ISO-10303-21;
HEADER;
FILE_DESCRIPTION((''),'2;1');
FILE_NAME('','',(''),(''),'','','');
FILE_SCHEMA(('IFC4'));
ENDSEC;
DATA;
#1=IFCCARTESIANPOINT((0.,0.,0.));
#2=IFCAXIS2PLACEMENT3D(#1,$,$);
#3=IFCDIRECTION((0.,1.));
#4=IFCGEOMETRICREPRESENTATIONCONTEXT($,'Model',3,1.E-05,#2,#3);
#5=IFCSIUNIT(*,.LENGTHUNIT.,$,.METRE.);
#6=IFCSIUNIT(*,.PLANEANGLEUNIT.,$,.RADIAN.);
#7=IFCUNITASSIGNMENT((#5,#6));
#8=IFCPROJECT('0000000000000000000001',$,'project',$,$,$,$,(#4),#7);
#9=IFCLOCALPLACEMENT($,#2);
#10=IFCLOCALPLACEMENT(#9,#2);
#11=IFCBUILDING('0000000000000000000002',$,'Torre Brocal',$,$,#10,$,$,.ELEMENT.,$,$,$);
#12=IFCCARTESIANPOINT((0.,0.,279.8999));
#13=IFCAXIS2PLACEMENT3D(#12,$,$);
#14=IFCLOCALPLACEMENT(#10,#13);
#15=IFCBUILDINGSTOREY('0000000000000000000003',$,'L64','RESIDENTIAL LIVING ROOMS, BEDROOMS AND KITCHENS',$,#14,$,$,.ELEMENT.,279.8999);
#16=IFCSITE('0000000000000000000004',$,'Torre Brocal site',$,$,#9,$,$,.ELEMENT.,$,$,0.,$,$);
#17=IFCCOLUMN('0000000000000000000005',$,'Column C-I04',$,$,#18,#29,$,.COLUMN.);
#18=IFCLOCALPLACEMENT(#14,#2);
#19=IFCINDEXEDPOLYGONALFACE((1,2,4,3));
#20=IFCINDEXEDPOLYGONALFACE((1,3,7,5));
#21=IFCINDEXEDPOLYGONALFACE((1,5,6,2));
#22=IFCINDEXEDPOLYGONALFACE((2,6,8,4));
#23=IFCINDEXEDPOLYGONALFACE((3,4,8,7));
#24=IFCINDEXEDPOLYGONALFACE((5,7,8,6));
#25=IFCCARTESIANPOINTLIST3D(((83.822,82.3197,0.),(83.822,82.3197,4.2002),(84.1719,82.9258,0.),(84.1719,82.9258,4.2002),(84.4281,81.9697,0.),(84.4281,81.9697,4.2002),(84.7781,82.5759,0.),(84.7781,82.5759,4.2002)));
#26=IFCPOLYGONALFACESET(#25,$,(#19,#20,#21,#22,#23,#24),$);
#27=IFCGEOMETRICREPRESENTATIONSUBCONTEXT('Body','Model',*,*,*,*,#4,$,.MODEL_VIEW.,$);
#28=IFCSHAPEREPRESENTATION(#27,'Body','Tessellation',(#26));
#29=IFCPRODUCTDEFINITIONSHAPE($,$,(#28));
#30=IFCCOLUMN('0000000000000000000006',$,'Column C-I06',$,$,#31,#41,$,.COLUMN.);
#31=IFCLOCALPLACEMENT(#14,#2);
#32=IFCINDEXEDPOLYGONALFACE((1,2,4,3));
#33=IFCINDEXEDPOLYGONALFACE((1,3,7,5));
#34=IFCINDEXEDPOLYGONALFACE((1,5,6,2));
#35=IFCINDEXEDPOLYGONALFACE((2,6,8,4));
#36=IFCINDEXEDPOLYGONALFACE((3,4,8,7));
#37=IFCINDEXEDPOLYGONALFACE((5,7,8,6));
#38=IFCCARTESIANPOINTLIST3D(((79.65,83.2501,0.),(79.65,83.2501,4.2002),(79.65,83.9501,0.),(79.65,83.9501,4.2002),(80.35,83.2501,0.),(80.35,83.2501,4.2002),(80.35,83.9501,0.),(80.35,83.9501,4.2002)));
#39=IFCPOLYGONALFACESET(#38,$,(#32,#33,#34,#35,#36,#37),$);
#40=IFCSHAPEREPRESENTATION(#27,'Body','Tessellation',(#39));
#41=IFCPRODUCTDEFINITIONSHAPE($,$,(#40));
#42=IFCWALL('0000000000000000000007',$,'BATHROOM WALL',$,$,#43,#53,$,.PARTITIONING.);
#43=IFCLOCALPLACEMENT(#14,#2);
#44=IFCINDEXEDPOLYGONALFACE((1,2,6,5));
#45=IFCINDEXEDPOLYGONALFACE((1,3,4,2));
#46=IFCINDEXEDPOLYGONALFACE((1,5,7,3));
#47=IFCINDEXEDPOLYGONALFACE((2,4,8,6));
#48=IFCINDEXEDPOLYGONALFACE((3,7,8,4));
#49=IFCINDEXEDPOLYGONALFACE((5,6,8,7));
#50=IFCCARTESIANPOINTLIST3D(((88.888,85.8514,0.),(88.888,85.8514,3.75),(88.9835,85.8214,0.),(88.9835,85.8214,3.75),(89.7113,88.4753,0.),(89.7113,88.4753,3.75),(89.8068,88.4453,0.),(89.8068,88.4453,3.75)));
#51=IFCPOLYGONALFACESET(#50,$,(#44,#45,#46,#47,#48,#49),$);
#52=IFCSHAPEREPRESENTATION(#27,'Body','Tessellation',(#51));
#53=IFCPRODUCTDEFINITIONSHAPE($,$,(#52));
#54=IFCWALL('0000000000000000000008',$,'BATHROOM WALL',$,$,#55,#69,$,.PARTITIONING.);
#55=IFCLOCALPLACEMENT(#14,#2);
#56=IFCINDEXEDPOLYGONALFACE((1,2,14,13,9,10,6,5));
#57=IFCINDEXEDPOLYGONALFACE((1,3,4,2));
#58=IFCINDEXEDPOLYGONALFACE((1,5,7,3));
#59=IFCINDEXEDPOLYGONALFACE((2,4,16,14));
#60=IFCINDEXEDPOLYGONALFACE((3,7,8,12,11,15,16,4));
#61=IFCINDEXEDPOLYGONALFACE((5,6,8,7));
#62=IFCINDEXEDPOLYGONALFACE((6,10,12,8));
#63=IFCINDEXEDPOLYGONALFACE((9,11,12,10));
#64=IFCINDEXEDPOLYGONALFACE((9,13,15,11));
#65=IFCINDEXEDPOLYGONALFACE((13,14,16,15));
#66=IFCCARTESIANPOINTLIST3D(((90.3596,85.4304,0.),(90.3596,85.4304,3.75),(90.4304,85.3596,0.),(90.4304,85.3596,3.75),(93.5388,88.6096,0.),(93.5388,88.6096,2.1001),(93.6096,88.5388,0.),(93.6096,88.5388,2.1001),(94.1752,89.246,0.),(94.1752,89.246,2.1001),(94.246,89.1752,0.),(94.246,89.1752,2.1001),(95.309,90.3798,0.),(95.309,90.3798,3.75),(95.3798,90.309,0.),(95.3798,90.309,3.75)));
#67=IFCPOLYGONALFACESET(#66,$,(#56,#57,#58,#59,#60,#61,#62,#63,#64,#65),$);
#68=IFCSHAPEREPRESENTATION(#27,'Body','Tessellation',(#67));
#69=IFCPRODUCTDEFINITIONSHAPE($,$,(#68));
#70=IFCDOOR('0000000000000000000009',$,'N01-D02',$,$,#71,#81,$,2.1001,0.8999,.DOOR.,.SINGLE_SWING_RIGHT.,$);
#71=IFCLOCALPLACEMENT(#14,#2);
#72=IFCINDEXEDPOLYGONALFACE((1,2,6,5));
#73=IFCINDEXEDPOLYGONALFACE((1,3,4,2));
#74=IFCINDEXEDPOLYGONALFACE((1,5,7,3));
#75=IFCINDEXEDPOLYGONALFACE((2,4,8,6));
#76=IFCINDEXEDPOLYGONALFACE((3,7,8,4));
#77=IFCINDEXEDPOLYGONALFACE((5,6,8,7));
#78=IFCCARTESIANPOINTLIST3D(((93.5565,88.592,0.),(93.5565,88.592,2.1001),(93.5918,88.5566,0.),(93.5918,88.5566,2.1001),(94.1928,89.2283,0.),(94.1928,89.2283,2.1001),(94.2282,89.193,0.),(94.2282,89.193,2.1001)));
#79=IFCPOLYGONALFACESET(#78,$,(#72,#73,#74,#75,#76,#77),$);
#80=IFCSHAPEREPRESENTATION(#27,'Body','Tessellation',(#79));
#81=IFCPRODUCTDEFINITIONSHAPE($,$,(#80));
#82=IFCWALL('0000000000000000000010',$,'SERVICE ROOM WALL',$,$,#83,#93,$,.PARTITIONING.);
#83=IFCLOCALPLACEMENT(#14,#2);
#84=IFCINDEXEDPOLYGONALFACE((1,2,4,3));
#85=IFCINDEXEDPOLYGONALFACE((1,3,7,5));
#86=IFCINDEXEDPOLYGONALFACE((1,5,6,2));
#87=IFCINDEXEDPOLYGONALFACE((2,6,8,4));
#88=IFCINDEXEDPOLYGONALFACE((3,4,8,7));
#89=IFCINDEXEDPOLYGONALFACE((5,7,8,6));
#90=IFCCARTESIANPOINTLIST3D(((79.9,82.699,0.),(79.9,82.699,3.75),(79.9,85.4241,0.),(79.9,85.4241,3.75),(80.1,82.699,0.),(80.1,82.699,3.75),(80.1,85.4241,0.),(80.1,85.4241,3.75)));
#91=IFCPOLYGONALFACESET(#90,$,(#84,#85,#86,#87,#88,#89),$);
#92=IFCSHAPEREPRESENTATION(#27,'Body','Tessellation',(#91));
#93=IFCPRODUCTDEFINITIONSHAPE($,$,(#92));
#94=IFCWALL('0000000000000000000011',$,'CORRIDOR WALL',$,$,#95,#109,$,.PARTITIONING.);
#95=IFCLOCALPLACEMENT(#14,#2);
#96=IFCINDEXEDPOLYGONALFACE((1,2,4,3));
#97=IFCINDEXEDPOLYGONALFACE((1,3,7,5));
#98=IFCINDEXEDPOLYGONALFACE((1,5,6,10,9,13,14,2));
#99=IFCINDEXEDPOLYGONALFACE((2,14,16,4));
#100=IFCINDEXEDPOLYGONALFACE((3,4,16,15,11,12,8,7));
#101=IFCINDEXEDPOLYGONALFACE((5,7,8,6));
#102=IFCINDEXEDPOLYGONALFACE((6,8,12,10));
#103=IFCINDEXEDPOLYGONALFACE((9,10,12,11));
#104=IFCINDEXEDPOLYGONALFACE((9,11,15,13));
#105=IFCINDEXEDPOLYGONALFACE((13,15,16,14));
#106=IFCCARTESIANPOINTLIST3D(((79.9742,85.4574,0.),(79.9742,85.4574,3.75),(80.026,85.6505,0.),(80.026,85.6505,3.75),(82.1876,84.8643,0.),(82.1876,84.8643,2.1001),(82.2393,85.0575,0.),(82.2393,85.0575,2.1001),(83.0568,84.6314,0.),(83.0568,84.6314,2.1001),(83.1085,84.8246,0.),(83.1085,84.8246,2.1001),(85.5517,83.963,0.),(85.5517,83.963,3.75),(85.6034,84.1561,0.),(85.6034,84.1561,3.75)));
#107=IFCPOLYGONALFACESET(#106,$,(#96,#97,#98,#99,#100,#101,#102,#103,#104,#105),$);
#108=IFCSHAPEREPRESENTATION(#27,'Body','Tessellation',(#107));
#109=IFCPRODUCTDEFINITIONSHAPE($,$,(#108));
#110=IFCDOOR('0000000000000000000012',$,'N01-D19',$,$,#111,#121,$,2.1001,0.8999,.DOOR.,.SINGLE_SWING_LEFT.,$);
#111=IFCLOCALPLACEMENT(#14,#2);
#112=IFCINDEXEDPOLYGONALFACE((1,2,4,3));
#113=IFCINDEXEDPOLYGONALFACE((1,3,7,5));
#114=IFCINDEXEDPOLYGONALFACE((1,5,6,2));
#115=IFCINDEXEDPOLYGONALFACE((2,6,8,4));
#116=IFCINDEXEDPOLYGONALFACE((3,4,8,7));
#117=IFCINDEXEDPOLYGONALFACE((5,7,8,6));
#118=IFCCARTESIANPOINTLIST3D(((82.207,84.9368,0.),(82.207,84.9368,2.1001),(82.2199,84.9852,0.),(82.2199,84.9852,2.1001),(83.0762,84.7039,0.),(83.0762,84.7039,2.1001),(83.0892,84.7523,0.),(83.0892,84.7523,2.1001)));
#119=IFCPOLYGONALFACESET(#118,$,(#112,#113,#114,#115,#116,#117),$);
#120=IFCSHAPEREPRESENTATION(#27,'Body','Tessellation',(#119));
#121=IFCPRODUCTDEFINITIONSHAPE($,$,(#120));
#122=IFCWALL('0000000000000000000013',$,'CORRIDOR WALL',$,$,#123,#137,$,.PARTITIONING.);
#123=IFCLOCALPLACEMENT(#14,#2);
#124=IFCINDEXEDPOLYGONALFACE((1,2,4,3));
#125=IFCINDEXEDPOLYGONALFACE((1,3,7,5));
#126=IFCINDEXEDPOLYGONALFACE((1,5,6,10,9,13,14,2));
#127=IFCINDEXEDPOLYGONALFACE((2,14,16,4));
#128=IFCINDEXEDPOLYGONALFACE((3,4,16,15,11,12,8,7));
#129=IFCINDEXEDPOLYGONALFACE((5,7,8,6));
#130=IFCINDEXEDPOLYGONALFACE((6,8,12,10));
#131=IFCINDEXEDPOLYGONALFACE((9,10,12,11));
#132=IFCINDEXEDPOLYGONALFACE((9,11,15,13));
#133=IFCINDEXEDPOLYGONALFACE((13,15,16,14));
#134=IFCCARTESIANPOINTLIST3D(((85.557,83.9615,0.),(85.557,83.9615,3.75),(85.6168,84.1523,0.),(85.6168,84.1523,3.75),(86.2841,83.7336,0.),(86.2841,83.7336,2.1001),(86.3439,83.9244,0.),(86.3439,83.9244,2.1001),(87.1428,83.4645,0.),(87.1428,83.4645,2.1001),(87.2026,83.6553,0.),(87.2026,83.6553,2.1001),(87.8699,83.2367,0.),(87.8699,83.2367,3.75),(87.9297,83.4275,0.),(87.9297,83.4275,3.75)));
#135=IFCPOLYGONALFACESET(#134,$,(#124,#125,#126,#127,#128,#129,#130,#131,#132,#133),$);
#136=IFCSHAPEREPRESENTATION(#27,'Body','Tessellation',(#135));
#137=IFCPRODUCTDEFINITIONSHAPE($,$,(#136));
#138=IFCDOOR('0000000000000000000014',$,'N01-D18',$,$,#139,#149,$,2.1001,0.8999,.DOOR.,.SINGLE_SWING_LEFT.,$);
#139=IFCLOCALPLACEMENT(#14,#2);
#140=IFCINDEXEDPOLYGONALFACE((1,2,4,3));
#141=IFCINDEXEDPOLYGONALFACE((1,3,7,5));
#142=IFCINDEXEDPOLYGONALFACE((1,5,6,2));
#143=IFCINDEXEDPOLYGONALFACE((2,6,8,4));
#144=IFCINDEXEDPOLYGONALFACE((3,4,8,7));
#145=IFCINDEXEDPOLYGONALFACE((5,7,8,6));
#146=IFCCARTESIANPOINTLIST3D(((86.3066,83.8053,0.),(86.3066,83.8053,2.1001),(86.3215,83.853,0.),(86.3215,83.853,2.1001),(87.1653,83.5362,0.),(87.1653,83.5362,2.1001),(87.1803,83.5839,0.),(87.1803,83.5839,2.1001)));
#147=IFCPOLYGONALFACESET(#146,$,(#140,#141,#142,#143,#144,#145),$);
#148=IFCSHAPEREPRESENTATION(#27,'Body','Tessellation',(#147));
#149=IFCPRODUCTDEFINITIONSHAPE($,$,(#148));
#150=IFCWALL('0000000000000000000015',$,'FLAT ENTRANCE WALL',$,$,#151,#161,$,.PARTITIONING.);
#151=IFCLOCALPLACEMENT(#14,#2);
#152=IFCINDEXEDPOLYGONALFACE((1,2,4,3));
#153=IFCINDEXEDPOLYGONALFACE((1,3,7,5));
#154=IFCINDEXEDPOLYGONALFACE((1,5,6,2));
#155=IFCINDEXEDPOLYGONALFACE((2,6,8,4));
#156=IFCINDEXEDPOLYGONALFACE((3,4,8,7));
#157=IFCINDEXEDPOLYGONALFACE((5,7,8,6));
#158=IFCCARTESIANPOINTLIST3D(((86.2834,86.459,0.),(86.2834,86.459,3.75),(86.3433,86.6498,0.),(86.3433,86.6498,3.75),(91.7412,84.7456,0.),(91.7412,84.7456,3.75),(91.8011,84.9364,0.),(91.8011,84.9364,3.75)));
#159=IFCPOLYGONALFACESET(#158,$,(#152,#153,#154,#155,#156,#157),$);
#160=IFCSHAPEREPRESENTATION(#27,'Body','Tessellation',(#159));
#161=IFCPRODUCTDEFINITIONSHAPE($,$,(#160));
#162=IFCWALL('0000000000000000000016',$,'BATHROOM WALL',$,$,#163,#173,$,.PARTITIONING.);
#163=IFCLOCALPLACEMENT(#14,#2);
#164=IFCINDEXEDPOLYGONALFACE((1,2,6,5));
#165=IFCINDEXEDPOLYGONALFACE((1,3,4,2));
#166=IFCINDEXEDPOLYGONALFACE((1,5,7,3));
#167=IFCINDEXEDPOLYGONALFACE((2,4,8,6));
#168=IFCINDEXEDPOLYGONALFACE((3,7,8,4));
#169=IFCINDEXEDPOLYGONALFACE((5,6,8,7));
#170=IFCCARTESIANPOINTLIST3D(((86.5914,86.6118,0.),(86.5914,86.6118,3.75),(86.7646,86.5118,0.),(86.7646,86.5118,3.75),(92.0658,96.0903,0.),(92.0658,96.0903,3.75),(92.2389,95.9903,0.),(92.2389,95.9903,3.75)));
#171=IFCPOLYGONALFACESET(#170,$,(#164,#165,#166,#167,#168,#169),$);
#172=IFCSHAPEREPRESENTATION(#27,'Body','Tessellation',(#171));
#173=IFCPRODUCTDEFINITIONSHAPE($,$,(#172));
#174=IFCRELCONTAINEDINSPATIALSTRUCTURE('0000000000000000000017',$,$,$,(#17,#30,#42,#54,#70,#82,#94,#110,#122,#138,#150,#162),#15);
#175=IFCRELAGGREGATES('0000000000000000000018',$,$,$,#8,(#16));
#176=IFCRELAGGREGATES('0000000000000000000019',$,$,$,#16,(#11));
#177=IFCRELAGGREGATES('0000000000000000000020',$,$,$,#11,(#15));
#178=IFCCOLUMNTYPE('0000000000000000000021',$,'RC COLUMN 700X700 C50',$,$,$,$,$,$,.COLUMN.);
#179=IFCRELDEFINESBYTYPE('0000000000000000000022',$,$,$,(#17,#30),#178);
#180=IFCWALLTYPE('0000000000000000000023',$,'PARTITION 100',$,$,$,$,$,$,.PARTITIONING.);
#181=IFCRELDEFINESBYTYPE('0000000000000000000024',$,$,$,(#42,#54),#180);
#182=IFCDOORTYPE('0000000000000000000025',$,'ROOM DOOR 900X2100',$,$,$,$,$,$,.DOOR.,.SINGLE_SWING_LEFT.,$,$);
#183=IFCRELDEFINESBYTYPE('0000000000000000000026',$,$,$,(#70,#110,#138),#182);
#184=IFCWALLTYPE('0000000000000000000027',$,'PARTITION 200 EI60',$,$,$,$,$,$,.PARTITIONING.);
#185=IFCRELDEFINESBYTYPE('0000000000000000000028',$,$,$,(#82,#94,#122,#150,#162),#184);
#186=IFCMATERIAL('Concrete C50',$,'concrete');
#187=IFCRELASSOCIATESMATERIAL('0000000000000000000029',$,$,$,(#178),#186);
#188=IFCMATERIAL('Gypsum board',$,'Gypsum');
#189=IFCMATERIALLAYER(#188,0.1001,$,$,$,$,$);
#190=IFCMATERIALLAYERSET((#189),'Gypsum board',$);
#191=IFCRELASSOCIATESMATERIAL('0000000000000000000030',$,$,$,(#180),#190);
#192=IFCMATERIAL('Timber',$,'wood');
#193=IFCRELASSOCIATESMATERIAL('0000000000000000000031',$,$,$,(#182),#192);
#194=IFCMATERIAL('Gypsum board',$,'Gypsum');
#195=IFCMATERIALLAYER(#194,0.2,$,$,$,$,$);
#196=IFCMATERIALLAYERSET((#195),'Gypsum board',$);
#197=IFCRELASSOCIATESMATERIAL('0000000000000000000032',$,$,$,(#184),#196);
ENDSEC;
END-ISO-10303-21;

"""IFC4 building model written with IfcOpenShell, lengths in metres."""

from ifc_helpers import new_model, si_unit, direction, frame, frame_2d, origin, origin_2d, place, context, subcontext, project, spatial, rectangle, extrude, material, layer, layer_set, material_profile, profile_set, type_object, element, fill, save


model = new_model("IFC4")

# Units and contexts
model_context = context("Model", 3, precision=1e-05, world=origin(), true_north=direction((0.0, 1.0)))
body_context = subcontext(model_context, "Body", "Model", "MODEL_VIEW")
ifc_project = project(units=[si_unit("LENGTHUNIT", "METRE"), si_unit("PLANEANGLEUNIT", "RADIAN")], contexts=[model_context])

# Site, building, storey
site_placement = place(None, origin())
site = spatial("IfcSite", under=ifc_project, at=site_placement, Name="Torre Brocal site", CompositionType="ELEMENT", RefElevation=0.0)
building_placement = place(site_placement, origin())
building = spatial("IfcBuilding", under=site, at=building_placement, Name="Torre Brocal", CompositionType="ELEMENT")
storey_placement = place(building_placement, frame((0.0, 0.0, 279.8999)))
storey = spatial("IfcBuildingStorey", under=building, at=storey_placement, Name="L64", Description="RESIDENTIAL LIVING ROOMS, BEDROOMS AND KITCHENS", CompositionType="ELEMENT", Elevation=279.8999)

# Columns
ifc_material_1 = material(Name="Concrete C50", Category="concrete")
ifc_material_profile = material_profile(ifc_material_1, rectangle(XDim=0.7, YDim=0.7, at=origin_2d()), Name="RC 700X700")
ifc_profile_set = profile_set([ifc_material_profile], Name="Concrete C50")
column_type = type_object("IfcColumnType", Name="RC COLUMN 700X700 C50", PredefinedType="COLUMN", material=ifc_profile_set)
for number, where, z_axis, x_axis, name in (
    (1, (84.3, 82.4478, 0.0), (0.0, 0.0, 1.0), (0.5, 0.866025, 0.0), "Column C-I04"),
    (2, (80.0, 83.6001, 0.0), (0.0, 0.0, 1.0), (0.0, 1.0, 0.0), "Column C-I06"),
):
    element("IfcColumn", number, at=place(storey_placement, frame(where, z_axis=z_axis, x_axis=x_axis)), inside=storey, type_object=column_type, Name=name, PredefinedType="COLUMN", context=body_context, shape_type="SweptSolid", body=[
        extrude(rectangle(XDim=0.7, YDim=0.7, at=origin_2d()), origin(), (0.0, 0.0, 1.0), 4.2002),
    ])

# Wall
ifc_material_2 = material(Name="Gypsum board", Category="Gypsum")
ifc_layer_1 = layer(ifc_material_2, 0.1001)
ifc_layer_set_1 = layer_set([ifc_layer_1], Name="Gypsum board")
wall_type_1 = type_object("IfcWallType", Name="PARTITION 100", PredefinedType="PARTITIONING", material=ifc_layer_set_1)
wall_1_placement = place(storey_placement, frame((88.9358, 85.8364, 0.0), z_axis=(0.0, 0.0, 1.0), x_axis=(0.299372, 0.954137, 0.0)))
element("IfcWall", 3, at=wall_1_placement, inside=storey, type_object=wall_type_1, Name="BATHROOM WALL", PredefinedType="PARTITIONING", context=body_context, shape_type="SweptSolid", body=[
    extrude(rectangle(XDim=2.75, YDim=0.1001, at=frame_2d((1.375, 0.0))), origin(), (0.0, 0.0, 1.0), 3.75),
])

# Wall, opening, door
wall_2_placement = place(storey_placement, frame((90.395, 85.395, 0.0), z_axis=(0.0, 0.0, 1.0), x_axis=(0.707107, 0.707107, 0.0)))
wall_2 = element("IfcWall", 4, at=wall_2_placement, inside=storey, type_object=wall_type_1, Name="BATHROOM WALL", PredefinedType="PARTITIONING", context=body_context, shape_type="SweptSolid", body=[
    extrude(rectangle(XDim=6.9995, YDim=0.1001, at=frame_2d((3.4998, 0.0))), origin(), (0.0, 0.0, 1.0), 3.75),
])
opening_1_placement = place(wall_2_placement, frame((4.4961, 0.0, 0.0)))
opening_1 = element("IfcOpeningElement", 5, at=opening_1_placement, cuts=wall_2, PredefinedType="OPENING", context=body_context, shape_type="SweptSolid", body=[
    extrude(rectangle(XDim=0.8999, YDim=2.1001, at=frame_2d((0.45, 1.05))), frame((0.0, 0.0601, 0.0), z_axis=(0.0, -1.0, 0.0), x_axis=(1.0, 0.0, 0.0)), (0.0, 0.0, 1.0), 0.1201),
])
ifc_material_3 = material(Name="Timber", Category="wood")
door_type_1 = type_object("IfcDoorType", Name="ROOM DOOR 900X2100", OperationType="SINGLE_SWING_LEFT", PredefinedType="DOOR", material=ifc_material_3)
door_1_placement = place(opening_1_placement, frame((0.8999, 0.0, 0.0), z_axis=(0.0, 0.0, 1.0), x_axis=(-1.0, 0.0, 0.0)))
door_1 = element("IfcDoor", 6, at=door_1_placement, inside=storey, type_object=door_type_1, Name="N01-D02", OperationType="SINGLE_SWING_RIGHT", OverallHeight=2.1001, OverallWidth=0.8999, PredefinedType="DOOR", context=body_context, shape_type="SweptSolid", body=[
    extrude(rectangle(XDim=0.8999, YDim=2.1001, at=frame_2d((0.45, 1.05))), frame((0.0, 0.0249, 0.0), z_axis=(0.0, -1.0, 0.0), x_axis=(1.0, 0.0, 0.0)), (0.0, 0.0, 1.0), 0.05),
])
fill(opening_1, door_1)

# Wall
ifc_material_4 = material(Name="Gypsum board", Category="Gypsum")
ifc_layer_2 = layer(ifc_material_4, 0.2)
ifc_layer_set_2 = layer_set([ifc_layer_2], Name="Gypsum board")
wall_type_2 = type_object("IfcWallType", Name="PARTITION 200 EI60", PredefinedType="PARTITIONING", material=ifc_layer_set_2)
wall_3_placement = place(storey_placement, frame((80.0, 82.699, 0.0), z_axis=(0.0, 0.0, 1.0), x_axis=(0.0, 1.0, 0.0)))
element("IfcWall", 7, at=wall_3_placement, inside=storey, type_object=wall_type_2, Name="SERVICE ROOM WALL", PredefinedType="PARTITIONING", context=body_context, shape_type="SweptSolid", body=[
    extrude(rectangle(XDim=2.7251, YDim=0.2, at=frame_2d((1.3625, 0.0))), origin(), (0.0, 0.0, 1.0), 3.75),
])

# Walls, openings, doors
wall_4_placement = place(storey_placement, frame((80.0, 85.554, 0.0), z_axis=(0.0, 0.0, 1.0), x_axis=(0.965929, -0.258807, 0.0)))
wall_4 = element("IfcWall", 8, at=wall_4_placement, inside=storey, type_object=wall_type_2, Name="CORRIDOR WALL", PredefinedType="PARTITIONING", context=body_context, shape_type="SweptSolid", body=[
    extrude(rectangle(XDim=5.7742, YDim=0.2, at=frame_2d((2.8872, 0.0))), origin(), (0.0, 0.0, 1.0), 3.75),
])
opening_2_placement = place(wall_4_placement, frame((2.2915, 0.0, 0.0)))
opening_2 = element("IfcOpeningElement", 9, at=opening_2_placement, cuts=wall_4, PredefinedType="OPENING", context=body_context, shape_type="SweptSolid", body=[
    extrude(rectangle(XDim=0.8999, YDim=2.1001, at=frame_2d((0.45, 1.05))), frame((0.0, 0.1099, 0.0), z_axis=(0.0, -1.0, 0.0), x_axis=(1.0, 0.0, 0.0)), (0.0, 0.0, 1.0), 0.22),
])
door_2_placement = place(opening_2_placement, frame((0.8999, 0.0, 0.0), z_axis=(0.0, 0.0, 1.0), x_axis=(-1.0, 0.0, 0.0)))
door_2 = element("IfcDoor", 10, at=door_2_placement, inside=storey, type_object=door_type_1, Name="N01-D19", OperationType="SINGLE_SWING_LEFT", OverallHeight=2.1001, OverallWidth=0.8999, PredefinedType="DOOR", context=body_context, shape_type="SweptSolid", body=[
    extrude(rectangle(XDim=0.8999, YDim=2.1001, at=frame_2d((0.45, 1.05))), frame((0.0, 0.0249, 0.0), z_axis=(0.0, -1.0, 0.0), x_axis=(1.0, 0.0, 0.0)), (0.0, 0.0, 1.0), 0.05),
])
fill(opening_2, door_2)
wall_5_placement = place(storey_placement, frame((85.5869, 84.0569, 0.0), z_axis=(0.0, 0.0, 1.0), x_axis=(0.95424, -0.299043, 0.0)))
wall_5 = element("IfcWall", 11, at=wall_5_placement, inside=storey, type_object=wall_type_2, Name="CORRIDOR WALL", PredefinedType="PARTITIONING", context=body_context, shape_type="SweptSolid", body=[
    extrude(rectangle(XDim=2.4238, YDim=0.2, at=frame_2d((1.2119, 0.0))), origin(), (0.0, 0.0, 1.0), 3.75),
])
opening_3_placement = place(wall_5_placement, frame((0.762, 0.0, 0.0)))
opening_3 = element("IfcOpeningElement", 12, at=opening_3_placement, cuts=wall_5, PredefinedType="OPENING", context=body_context, shape_type="SweptSolid", body=[
    extrude(rectangle(XDim=0.8999, YDim=2.1001, at=frame_2d((0.45, 1.05))), frame((0.0, 0.1099, 0.0), z_axis=(0.0, -1.0, 0.0), x_axis=(1.0, 0.0, 0.0)), (0.0, 0.0, 1.0), 0.22),
])
door_3_placement = place(opening_3_placement, frame((0.8999, 0.0, 0.0), z_axis=(0.0, 0.0, 1.0), x_axis=(-1.0, 0.0, 0.0)))
door_3 = element("IfcDoor", 13, at=door_3_placement, inside=storey, type_object=door_type_1, Name="N01-D18", OperationType="SINGLE_SWING_LEFT", OverallHeight=2.1001, OverallWidth=0.8999, PredefinedType="DOOR", context=body_context, shape_type="SweptSolid", body=[
    extrude(rectangle(XDim=0.8999, YDim=2.1001, at=frame_2d((0.45, 1.05))), frame((0.0, 0.0249, 0.0), z_axis=(0.0, -1.0, 0.0), x_axis=(1.0, 0.0, 0.0)), (0.0, 0.0, 1.0), 0.05),
])
fill(opening_3, door_3)

# Walls
wall_6_placement = place(storey_placement, frame((86.3132, 86.5544, 0.0), z_axis=(0.0, 0.0, 1.0), x_axis=(0.95409, -0.299521, 0.0)))
element("IfcWall", 14, at=wall_6_placement, inside=storey, type_object=wall_type_2, Name="FLAT ENTRANCE WALL", PredefinedType="PARTITIONING", context=body_context, shape_type="SweptSolid", body=[
    extrude(rectangle(XDim=5.7205, YDim=0.2, at=frame_2d((2.8604, 0.0))), origin(), (0.0, 0.0, 1.0), 3.75),
])
wall_7_placement = place(storey_placement, frame((86.678, 86.5618, 0.0), z_axis=(0.0, 0.0, 1.0), x_axis=(0.500133, 0.865949, 0.0)))
element("IfcWall", 15, at=wall_7_placement, inside=storey, type_object=wall_type_2, Name="BATHROOM WALL", PredefinedType="PARTITIONING", context=body_context, shape_type="SweptSolid", body=[
    extrude(rectangle(XDim=10.9458, YDim=0.2, at=frame_2d((5.4729, 0.0))), origin(), (0.0, 0.0, 1.0), 3.75),
])

save(model, "model.ifc")
